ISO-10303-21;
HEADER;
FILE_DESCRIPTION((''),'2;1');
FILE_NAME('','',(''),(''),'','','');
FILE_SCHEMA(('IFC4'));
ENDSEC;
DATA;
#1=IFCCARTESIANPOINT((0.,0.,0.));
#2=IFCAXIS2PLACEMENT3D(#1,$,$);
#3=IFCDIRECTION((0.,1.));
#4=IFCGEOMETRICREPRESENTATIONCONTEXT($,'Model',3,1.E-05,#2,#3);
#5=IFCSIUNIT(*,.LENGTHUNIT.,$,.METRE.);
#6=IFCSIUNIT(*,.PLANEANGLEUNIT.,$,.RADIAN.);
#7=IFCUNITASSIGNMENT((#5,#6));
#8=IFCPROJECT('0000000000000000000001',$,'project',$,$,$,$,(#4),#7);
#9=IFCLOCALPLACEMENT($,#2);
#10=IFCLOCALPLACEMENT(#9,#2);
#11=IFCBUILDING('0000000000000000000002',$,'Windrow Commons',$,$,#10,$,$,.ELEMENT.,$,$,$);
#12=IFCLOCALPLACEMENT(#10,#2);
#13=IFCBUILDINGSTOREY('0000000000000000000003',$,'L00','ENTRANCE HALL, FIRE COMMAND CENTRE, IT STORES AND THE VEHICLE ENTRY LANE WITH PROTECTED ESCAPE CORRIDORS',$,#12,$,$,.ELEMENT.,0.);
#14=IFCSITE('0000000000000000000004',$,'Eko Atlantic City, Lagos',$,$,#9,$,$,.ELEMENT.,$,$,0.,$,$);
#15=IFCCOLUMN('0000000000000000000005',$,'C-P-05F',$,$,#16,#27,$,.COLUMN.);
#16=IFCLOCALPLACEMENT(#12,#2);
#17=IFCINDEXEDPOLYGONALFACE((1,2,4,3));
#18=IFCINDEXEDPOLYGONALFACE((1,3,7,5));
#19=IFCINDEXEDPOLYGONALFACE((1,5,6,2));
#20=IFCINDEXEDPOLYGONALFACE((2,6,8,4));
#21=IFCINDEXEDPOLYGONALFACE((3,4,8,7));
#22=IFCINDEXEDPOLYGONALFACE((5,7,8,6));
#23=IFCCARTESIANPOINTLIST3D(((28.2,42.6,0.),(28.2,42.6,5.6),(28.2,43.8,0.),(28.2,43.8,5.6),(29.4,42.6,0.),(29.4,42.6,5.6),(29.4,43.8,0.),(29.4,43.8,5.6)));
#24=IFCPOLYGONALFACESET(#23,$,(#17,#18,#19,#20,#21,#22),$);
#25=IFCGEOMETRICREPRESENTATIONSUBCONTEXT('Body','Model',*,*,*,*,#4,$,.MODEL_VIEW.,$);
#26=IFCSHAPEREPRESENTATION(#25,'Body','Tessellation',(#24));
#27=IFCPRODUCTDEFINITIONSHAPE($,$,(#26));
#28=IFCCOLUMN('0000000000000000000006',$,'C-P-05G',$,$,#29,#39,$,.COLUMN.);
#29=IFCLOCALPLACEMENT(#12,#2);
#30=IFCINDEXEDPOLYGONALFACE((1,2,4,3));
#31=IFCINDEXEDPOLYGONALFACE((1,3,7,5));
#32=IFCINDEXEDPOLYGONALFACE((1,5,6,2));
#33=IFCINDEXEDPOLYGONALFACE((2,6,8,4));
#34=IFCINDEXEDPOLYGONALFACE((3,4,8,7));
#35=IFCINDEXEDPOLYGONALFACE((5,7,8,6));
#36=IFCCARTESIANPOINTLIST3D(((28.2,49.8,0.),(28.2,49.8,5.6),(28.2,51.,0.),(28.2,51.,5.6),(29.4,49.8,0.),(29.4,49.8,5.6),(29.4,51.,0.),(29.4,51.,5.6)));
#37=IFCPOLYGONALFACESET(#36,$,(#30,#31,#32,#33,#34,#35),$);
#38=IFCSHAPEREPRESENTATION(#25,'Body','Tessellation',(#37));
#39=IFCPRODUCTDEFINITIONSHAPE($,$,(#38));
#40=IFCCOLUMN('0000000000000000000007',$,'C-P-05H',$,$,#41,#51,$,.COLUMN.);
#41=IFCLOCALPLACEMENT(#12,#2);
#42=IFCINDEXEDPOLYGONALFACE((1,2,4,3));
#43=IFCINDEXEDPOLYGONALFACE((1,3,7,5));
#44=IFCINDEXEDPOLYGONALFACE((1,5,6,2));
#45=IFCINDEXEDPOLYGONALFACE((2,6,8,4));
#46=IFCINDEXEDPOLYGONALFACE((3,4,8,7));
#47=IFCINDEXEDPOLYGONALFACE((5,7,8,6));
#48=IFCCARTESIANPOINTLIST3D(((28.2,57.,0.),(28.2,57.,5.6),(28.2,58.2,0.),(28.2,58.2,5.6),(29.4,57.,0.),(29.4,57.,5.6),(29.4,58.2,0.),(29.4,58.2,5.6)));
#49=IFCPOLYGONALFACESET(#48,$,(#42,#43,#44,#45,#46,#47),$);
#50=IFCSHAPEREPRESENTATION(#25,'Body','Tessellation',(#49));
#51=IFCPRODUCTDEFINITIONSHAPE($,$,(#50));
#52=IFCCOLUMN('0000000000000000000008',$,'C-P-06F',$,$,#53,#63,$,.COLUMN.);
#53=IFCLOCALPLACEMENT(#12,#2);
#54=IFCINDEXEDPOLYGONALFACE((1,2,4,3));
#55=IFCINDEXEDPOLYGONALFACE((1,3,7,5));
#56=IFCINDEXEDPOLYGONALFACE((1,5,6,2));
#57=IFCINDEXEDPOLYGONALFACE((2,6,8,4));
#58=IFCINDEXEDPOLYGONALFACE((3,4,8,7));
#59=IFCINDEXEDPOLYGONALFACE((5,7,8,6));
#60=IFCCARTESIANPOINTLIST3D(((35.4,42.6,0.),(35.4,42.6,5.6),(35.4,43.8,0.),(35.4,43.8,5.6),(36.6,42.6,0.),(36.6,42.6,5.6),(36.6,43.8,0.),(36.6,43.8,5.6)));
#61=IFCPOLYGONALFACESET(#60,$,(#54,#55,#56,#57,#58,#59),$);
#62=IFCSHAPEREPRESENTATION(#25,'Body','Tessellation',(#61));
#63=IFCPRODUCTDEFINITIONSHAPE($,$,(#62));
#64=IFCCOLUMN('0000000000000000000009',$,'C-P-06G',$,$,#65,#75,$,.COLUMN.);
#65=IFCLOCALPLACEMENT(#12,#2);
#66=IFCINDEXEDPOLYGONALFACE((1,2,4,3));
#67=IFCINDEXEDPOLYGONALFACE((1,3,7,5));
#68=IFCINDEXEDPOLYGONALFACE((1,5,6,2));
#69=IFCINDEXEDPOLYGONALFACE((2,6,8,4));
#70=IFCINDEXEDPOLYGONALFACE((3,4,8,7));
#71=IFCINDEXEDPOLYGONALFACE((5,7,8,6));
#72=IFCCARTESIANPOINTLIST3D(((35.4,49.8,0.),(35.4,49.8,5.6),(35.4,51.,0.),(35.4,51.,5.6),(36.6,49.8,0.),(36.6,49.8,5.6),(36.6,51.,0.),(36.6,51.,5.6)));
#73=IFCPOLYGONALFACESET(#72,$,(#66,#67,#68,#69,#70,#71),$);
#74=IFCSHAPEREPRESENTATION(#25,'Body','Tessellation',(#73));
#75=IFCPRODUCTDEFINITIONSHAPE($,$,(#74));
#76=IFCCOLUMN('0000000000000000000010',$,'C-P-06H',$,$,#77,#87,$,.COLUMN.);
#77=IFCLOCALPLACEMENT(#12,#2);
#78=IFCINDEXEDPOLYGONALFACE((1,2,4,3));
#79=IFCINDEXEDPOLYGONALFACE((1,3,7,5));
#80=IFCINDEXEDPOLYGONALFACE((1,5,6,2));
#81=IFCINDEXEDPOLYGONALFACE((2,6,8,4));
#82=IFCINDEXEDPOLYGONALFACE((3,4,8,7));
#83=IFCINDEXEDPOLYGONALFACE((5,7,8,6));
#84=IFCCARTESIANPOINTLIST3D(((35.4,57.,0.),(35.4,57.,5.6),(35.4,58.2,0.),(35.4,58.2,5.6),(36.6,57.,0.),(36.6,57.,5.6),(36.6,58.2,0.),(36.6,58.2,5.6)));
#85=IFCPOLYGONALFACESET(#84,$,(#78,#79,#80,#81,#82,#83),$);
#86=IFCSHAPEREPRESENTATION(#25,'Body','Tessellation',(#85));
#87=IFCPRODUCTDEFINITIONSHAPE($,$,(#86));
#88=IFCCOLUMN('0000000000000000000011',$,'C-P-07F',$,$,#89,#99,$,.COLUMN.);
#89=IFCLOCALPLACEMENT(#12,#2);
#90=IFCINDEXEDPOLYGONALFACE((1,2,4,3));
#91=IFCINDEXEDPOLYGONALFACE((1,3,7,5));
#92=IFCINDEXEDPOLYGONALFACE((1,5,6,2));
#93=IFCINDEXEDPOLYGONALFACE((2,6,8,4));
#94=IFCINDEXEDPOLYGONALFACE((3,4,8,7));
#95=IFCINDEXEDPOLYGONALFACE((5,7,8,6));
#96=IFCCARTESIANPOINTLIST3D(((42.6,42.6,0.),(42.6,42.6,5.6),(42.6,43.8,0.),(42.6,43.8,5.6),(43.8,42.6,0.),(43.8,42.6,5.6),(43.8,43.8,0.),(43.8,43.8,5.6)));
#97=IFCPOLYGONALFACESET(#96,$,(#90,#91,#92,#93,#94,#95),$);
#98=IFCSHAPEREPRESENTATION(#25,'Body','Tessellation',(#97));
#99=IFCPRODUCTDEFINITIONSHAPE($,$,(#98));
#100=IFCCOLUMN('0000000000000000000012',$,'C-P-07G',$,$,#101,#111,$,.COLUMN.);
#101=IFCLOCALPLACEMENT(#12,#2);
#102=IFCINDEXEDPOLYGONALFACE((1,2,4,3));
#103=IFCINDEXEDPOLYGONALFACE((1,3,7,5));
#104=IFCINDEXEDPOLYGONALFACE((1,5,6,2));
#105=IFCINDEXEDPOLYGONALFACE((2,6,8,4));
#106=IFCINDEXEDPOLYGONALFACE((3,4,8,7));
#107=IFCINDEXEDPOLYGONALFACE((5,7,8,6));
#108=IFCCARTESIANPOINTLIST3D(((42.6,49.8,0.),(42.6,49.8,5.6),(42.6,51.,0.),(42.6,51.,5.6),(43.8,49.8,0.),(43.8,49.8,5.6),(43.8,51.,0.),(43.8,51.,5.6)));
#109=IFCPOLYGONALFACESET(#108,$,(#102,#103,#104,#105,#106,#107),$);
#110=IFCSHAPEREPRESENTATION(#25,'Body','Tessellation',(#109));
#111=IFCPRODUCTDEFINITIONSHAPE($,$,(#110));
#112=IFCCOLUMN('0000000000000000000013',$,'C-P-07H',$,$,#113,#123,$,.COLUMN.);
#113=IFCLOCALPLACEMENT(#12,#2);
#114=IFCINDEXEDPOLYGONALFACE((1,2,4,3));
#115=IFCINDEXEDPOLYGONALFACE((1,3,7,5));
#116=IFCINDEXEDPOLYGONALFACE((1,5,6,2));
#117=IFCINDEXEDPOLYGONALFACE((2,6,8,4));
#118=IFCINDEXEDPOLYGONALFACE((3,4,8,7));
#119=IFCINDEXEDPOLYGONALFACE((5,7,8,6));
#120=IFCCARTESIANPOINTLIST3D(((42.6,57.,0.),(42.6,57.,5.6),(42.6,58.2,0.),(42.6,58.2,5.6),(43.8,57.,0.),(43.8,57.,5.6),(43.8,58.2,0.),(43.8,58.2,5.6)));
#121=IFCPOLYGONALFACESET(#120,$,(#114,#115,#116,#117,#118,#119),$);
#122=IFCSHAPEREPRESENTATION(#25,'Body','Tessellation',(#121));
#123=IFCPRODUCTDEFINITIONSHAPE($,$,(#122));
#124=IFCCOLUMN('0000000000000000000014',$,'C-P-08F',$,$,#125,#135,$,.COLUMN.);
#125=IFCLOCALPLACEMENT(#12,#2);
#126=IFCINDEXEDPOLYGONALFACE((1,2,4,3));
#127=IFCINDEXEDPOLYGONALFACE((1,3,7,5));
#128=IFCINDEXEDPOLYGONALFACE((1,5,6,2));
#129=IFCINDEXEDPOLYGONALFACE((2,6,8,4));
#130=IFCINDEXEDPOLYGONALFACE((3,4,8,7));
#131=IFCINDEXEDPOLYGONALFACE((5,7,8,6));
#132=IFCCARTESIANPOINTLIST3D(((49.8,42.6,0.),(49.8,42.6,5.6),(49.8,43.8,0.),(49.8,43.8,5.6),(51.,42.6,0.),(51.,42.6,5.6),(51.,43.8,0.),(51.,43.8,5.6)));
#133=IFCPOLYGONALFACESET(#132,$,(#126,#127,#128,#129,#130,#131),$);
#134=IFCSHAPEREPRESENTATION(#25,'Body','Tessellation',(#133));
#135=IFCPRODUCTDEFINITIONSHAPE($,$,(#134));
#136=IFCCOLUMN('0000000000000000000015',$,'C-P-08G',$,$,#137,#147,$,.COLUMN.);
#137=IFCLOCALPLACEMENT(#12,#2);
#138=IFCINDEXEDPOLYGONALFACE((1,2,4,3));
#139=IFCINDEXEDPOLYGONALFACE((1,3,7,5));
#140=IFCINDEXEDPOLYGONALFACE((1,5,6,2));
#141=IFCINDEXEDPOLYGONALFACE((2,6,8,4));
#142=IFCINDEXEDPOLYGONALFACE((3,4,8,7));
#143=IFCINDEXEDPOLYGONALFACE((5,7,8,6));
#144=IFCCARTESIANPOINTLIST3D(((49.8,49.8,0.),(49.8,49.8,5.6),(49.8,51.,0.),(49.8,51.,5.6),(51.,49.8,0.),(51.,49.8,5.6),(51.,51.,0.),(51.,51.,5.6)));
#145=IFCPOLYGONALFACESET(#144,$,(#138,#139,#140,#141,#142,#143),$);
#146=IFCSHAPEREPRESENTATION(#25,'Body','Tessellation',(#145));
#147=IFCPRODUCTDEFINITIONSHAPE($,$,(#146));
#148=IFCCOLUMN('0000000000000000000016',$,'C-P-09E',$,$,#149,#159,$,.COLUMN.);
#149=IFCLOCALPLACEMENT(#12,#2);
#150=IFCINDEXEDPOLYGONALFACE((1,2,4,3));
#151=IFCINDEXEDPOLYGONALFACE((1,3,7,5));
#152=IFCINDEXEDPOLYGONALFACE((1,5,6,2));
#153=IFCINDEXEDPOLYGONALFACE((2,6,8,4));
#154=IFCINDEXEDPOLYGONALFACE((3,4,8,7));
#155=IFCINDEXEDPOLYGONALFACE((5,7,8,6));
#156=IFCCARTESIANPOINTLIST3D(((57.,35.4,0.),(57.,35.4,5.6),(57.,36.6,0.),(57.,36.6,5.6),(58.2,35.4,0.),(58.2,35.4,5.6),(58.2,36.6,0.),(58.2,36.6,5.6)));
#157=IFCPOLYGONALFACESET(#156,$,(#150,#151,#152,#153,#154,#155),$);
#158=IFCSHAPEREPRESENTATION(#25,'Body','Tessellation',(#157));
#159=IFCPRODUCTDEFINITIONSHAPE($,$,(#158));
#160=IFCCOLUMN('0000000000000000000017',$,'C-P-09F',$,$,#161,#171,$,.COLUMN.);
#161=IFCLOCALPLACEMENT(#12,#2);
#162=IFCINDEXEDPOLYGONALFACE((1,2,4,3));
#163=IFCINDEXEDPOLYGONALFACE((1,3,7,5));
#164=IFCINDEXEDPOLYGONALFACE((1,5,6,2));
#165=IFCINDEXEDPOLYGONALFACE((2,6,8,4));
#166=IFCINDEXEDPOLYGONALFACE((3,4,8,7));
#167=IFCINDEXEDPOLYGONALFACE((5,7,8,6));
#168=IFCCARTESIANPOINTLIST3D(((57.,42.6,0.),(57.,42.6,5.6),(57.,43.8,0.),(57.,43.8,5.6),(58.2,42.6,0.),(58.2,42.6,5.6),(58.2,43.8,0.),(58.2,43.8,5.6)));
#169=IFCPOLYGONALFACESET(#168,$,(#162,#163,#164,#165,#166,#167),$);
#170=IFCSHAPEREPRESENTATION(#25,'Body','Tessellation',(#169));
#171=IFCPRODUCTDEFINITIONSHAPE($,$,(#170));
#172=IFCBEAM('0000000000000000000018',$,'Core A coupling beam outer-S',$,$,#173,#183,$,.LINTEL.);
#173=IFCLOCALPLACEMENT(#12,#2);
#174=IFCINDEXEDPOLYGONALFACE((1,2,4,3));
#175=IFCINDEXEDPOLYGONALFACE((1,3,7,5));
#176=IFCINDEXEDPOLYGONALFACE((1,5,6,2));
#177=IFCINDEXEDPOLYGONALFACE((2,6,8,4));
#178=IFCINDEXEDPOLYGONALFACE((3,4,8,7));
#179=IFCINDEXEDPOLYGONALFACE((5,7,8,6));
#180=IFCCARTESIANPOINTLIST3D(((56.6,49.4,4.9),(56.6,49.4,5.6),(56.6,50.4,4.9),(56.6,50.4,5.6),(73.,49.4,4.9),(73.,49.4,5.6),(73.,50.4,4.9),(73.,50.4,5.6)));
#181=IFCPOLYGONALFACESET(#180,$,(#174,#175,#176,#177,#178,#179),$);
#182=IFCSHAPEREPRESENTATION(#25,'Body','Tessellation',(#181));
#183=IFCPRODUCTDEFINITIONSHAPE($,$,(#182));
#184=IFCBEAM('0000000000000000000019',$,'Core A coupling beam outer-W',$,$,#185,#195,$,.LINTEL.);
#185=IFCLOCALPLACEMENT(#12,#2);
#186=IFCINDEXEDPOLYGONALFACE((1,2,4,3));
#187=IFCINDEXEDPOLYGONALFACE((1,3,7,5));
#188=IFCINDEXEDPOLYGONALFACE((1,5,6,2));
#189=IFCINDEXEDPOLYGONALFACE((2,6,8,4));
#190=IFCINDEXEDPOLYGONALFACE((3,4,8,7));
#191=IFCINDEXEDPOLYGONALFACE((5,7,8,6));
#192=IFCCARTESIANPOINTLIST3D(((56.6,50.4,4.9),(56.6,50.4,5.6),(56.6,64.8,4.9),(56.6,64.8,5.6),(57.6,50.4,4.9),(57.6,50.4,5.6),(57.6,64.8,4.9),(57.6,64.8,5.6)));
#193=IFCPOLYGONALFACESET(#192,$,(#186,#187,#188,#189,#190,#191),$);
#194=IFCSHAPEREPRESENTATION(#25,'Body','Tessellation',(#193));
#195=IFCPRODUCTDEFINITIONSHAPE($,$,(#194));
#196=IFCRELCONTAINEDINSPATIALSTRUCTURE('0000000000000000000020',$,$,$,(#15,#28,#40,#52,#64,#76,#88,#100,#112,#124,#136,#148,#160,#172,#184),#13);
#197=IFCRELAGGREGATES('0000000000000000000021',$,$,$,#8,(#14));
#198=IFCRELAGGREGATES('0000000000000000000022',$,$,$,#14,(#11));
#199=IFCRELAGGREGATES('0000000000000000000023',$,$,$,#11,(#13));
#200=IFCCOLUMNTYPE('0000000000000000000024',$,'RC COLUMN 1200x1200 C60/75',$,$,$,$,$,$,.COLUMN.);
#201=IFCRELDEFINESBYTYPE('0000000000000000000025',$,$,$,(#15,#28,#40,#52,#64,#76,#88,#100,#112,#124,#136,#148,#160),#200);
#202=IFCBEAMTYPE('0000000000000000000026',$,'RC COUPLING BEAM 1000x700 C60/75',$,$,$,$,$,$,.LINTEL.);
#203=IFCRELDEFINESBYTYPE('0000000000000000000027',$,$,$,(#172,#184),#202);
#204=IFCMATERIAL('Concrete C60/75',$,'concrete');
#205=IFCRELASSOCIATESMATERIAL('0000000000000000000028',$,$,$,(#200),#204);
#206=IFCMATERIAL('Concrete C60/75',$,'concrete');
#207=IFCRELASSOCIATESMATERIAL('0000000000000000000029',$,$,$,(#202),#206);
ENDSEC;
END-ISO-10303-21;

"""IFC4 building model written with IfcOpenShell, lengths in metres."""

from ifc_helpers import new_model, si_unit, direction, frame, origin, origin_2d, place, context, subcontext, project, spatial, rectangle, extrude, material, material_profile, profile_set, type_object, element, save


model = new_model("IFC4")

# Units and contexts
model_context = context("Model", 3, precision=1e-05, world=origin(), true_north=direction((0.0, 1.0)))
body_context = subcontext(model_context, "Body", "Model", "MODEL_VIEW")
ifc_project = project(units=[si_unit("LENGTHUNIT", "METRE"), si_unit("PLANEANGLEUNIT", "RADIAN")], contexts=[model_context])

# Site, building, storey
site_placement = place(None, origin())
site = spatial("IfcSite", under=ifc_project, at=site_placement, Name="Eko Atlantic City, Lagos", CompositionType="ELEMENT", RefElevation=0.0)
building_placement = place(site_placement, origin())
building = spatial("IfcBuilding", under=site, at=building_placement, Name="Windrow Commons", CompositionType="ELEMENT")
storey_placement = place(building_placement, origin())
storey = spatial("IfcBuildingStorey", under=building, at=storey_placement, Name="L00", Description="ENTRANCE HALL, FIRE COMMAND CENTRE, IT STORES AND THE VEHICLE ENTRY LANE WITH PROTECTED ESCAPE CORRIDORS", CompositionType="ELEMENT", Elevation=0.0)

# Columns
ifc_material_1 = material(Name="Concrete C60/75", Category="concrete")
ifc_material_profile_1 = material_profile(ifc_material_1, rectangle(XDim=1.2, YDim=1.2, at=origin_2d()))
ifc_profile_set_1 = profile_set([ifc_material_profile_1], Name="Concrete C60/75")
column_type = type_object("IfcColumnType", Name="RC COLUMN 1200x1200 C60/75", PredefinedType="COLUMN", material=ifc_profile_set_1)
for number, where, z_axis, x_axis, name in (
    (1, (28.8, 43.2, 0.0), (0.0, 0.0, 1.0), (1.0, 0.0, 0.0), "C-P-05F"),
    (2, (28.8, 50.4, 0.0), (0.0, 0.0, 1.0), (1.0, 0.0, 0.0), "C-P-05G"),
    (3, (28.8, 57.6, 0.0), (0.0, 0.0, 1.0), (1.0, 0.0, 0.0), "C-P-05H"),
    (4, (36.0, 43.2, 0.0), (0.0, 0.0, 1.0), (1.0, 0.0, 0.0), "C-P-06F"),
    (5, (36.0, 50.4, 0.0), (0.0, 0.0, 1.0), (1.0, 0.0, 0.0), "C-P-06G"),
    (6, (36.0, 57.6, 0.0), (0.0, 0.0, 1.0), (1.0, 0.0, 0.0), "C-P-06H"),
    (7, (43.2, 43.2, 0.0), (0.0, 0.0, 1.0), (1.0, 0.0, 0.0), "C-P-07F"),
    (8, (43.2, 50.4, 0.0), (0.0, 0.0, 1.0), (1.0, 0.0, 0.0), "C-P-07G"),
    (9, (43.2, 57.6, 0.0), (0.0, 0.0, 1.0), (1.0, 0.0, 0.0), "C-P-07H"),
    (10, (50.4, 43.2, 0.0), (0.0, 0.0, 1.0), (1.0, 0.0, 0.0), "C-P-08F"),
    (11, (50.4, 50.4, 0.0), (0.0, 0.0, 1.0), (1.0, 0.0, 0.0), "C-P-08G"),
    (12, (57.6, 36.0, 0.0), (0.0, 0.0, 1.0), (1.0, 0.0, 0.0), "C-P-09E"),
    (13, (57.6, 43.2, 0.0), (0.0, 0.0, 1.0), (1.0, 0.0, 0.0), "C-P-09F"),
):
    element("IfcColumn", number, at=place(storey_placement, frame(where, z_axis=z_axis, x_axis=x_axis)), inside=storey, type_object=column_type, Name=name, PredefinedType="COLUMN", context=body_context, shape_type="SweptSolid", body=[
        extrude(rectangle(XDim=1.2, YDim=1.2, at=origin_2d()), origin(), (0.0, 0.0, 1.0), 5.6),
    ])

# Beams
ifc_material_2 = material(Name="Concrete C60/75", Category="concrete")
ifc_material_profile_2 = material_profile(ifc_material_2, rectangle(XDim=1.0, YDim=0.7, at=origin_2d()))
ifc_profile_set_2 = profile_set([ifc_material_profile_2], Name="Concrete C60/75")
beam_type = type_object("IfcBeamType", Name="RC COUPLING BEAM 1000x700 C60/75", PredefinedType="LINTEL", material=ifc_profile_set_2)
beam_1_placement = place(storey_placement, frame((56.6, 49.9, 5.25), z_axis=(1.0, 0.0, 0.0), x_axis=(0.0, 1.0, 0.0)))
element("IfcBeam", 14, at=beam_1_placement, inside=storey, type_object=beam_type, Name="Core A coupling beam outer-S", PredefinedType="LINTEL", context=body_context, shape_type="SweptSolid", body=[
    extrude(rectangle(XDim=1.0, YDim=0.7, at=origin_2d()), origin(), (0.0, 0.0, 1.0), 16.4),
])
beam_2_placement = place(storey_placement, frame((57.1, 50.4, 5.25), z_axis=(0.0, 1.0, 0.0), x_axis=(-1.0, 0.0, 0.0)))
element("IfcBeam", 15, at=beam_2_placement, inside=storey, type_object=beam_type, Name="Core A coupling beam outer-W", PredefinedType="LINTEL", context=body_context, shape_type="SweptSolid", body=[
    extrude(rectangle(XDim=1.0, YDim=0.7, at=origin_2d()), origin(), (0.0, 0.0, 1.0), 14.4),
])

save(model, "model.ifc")
